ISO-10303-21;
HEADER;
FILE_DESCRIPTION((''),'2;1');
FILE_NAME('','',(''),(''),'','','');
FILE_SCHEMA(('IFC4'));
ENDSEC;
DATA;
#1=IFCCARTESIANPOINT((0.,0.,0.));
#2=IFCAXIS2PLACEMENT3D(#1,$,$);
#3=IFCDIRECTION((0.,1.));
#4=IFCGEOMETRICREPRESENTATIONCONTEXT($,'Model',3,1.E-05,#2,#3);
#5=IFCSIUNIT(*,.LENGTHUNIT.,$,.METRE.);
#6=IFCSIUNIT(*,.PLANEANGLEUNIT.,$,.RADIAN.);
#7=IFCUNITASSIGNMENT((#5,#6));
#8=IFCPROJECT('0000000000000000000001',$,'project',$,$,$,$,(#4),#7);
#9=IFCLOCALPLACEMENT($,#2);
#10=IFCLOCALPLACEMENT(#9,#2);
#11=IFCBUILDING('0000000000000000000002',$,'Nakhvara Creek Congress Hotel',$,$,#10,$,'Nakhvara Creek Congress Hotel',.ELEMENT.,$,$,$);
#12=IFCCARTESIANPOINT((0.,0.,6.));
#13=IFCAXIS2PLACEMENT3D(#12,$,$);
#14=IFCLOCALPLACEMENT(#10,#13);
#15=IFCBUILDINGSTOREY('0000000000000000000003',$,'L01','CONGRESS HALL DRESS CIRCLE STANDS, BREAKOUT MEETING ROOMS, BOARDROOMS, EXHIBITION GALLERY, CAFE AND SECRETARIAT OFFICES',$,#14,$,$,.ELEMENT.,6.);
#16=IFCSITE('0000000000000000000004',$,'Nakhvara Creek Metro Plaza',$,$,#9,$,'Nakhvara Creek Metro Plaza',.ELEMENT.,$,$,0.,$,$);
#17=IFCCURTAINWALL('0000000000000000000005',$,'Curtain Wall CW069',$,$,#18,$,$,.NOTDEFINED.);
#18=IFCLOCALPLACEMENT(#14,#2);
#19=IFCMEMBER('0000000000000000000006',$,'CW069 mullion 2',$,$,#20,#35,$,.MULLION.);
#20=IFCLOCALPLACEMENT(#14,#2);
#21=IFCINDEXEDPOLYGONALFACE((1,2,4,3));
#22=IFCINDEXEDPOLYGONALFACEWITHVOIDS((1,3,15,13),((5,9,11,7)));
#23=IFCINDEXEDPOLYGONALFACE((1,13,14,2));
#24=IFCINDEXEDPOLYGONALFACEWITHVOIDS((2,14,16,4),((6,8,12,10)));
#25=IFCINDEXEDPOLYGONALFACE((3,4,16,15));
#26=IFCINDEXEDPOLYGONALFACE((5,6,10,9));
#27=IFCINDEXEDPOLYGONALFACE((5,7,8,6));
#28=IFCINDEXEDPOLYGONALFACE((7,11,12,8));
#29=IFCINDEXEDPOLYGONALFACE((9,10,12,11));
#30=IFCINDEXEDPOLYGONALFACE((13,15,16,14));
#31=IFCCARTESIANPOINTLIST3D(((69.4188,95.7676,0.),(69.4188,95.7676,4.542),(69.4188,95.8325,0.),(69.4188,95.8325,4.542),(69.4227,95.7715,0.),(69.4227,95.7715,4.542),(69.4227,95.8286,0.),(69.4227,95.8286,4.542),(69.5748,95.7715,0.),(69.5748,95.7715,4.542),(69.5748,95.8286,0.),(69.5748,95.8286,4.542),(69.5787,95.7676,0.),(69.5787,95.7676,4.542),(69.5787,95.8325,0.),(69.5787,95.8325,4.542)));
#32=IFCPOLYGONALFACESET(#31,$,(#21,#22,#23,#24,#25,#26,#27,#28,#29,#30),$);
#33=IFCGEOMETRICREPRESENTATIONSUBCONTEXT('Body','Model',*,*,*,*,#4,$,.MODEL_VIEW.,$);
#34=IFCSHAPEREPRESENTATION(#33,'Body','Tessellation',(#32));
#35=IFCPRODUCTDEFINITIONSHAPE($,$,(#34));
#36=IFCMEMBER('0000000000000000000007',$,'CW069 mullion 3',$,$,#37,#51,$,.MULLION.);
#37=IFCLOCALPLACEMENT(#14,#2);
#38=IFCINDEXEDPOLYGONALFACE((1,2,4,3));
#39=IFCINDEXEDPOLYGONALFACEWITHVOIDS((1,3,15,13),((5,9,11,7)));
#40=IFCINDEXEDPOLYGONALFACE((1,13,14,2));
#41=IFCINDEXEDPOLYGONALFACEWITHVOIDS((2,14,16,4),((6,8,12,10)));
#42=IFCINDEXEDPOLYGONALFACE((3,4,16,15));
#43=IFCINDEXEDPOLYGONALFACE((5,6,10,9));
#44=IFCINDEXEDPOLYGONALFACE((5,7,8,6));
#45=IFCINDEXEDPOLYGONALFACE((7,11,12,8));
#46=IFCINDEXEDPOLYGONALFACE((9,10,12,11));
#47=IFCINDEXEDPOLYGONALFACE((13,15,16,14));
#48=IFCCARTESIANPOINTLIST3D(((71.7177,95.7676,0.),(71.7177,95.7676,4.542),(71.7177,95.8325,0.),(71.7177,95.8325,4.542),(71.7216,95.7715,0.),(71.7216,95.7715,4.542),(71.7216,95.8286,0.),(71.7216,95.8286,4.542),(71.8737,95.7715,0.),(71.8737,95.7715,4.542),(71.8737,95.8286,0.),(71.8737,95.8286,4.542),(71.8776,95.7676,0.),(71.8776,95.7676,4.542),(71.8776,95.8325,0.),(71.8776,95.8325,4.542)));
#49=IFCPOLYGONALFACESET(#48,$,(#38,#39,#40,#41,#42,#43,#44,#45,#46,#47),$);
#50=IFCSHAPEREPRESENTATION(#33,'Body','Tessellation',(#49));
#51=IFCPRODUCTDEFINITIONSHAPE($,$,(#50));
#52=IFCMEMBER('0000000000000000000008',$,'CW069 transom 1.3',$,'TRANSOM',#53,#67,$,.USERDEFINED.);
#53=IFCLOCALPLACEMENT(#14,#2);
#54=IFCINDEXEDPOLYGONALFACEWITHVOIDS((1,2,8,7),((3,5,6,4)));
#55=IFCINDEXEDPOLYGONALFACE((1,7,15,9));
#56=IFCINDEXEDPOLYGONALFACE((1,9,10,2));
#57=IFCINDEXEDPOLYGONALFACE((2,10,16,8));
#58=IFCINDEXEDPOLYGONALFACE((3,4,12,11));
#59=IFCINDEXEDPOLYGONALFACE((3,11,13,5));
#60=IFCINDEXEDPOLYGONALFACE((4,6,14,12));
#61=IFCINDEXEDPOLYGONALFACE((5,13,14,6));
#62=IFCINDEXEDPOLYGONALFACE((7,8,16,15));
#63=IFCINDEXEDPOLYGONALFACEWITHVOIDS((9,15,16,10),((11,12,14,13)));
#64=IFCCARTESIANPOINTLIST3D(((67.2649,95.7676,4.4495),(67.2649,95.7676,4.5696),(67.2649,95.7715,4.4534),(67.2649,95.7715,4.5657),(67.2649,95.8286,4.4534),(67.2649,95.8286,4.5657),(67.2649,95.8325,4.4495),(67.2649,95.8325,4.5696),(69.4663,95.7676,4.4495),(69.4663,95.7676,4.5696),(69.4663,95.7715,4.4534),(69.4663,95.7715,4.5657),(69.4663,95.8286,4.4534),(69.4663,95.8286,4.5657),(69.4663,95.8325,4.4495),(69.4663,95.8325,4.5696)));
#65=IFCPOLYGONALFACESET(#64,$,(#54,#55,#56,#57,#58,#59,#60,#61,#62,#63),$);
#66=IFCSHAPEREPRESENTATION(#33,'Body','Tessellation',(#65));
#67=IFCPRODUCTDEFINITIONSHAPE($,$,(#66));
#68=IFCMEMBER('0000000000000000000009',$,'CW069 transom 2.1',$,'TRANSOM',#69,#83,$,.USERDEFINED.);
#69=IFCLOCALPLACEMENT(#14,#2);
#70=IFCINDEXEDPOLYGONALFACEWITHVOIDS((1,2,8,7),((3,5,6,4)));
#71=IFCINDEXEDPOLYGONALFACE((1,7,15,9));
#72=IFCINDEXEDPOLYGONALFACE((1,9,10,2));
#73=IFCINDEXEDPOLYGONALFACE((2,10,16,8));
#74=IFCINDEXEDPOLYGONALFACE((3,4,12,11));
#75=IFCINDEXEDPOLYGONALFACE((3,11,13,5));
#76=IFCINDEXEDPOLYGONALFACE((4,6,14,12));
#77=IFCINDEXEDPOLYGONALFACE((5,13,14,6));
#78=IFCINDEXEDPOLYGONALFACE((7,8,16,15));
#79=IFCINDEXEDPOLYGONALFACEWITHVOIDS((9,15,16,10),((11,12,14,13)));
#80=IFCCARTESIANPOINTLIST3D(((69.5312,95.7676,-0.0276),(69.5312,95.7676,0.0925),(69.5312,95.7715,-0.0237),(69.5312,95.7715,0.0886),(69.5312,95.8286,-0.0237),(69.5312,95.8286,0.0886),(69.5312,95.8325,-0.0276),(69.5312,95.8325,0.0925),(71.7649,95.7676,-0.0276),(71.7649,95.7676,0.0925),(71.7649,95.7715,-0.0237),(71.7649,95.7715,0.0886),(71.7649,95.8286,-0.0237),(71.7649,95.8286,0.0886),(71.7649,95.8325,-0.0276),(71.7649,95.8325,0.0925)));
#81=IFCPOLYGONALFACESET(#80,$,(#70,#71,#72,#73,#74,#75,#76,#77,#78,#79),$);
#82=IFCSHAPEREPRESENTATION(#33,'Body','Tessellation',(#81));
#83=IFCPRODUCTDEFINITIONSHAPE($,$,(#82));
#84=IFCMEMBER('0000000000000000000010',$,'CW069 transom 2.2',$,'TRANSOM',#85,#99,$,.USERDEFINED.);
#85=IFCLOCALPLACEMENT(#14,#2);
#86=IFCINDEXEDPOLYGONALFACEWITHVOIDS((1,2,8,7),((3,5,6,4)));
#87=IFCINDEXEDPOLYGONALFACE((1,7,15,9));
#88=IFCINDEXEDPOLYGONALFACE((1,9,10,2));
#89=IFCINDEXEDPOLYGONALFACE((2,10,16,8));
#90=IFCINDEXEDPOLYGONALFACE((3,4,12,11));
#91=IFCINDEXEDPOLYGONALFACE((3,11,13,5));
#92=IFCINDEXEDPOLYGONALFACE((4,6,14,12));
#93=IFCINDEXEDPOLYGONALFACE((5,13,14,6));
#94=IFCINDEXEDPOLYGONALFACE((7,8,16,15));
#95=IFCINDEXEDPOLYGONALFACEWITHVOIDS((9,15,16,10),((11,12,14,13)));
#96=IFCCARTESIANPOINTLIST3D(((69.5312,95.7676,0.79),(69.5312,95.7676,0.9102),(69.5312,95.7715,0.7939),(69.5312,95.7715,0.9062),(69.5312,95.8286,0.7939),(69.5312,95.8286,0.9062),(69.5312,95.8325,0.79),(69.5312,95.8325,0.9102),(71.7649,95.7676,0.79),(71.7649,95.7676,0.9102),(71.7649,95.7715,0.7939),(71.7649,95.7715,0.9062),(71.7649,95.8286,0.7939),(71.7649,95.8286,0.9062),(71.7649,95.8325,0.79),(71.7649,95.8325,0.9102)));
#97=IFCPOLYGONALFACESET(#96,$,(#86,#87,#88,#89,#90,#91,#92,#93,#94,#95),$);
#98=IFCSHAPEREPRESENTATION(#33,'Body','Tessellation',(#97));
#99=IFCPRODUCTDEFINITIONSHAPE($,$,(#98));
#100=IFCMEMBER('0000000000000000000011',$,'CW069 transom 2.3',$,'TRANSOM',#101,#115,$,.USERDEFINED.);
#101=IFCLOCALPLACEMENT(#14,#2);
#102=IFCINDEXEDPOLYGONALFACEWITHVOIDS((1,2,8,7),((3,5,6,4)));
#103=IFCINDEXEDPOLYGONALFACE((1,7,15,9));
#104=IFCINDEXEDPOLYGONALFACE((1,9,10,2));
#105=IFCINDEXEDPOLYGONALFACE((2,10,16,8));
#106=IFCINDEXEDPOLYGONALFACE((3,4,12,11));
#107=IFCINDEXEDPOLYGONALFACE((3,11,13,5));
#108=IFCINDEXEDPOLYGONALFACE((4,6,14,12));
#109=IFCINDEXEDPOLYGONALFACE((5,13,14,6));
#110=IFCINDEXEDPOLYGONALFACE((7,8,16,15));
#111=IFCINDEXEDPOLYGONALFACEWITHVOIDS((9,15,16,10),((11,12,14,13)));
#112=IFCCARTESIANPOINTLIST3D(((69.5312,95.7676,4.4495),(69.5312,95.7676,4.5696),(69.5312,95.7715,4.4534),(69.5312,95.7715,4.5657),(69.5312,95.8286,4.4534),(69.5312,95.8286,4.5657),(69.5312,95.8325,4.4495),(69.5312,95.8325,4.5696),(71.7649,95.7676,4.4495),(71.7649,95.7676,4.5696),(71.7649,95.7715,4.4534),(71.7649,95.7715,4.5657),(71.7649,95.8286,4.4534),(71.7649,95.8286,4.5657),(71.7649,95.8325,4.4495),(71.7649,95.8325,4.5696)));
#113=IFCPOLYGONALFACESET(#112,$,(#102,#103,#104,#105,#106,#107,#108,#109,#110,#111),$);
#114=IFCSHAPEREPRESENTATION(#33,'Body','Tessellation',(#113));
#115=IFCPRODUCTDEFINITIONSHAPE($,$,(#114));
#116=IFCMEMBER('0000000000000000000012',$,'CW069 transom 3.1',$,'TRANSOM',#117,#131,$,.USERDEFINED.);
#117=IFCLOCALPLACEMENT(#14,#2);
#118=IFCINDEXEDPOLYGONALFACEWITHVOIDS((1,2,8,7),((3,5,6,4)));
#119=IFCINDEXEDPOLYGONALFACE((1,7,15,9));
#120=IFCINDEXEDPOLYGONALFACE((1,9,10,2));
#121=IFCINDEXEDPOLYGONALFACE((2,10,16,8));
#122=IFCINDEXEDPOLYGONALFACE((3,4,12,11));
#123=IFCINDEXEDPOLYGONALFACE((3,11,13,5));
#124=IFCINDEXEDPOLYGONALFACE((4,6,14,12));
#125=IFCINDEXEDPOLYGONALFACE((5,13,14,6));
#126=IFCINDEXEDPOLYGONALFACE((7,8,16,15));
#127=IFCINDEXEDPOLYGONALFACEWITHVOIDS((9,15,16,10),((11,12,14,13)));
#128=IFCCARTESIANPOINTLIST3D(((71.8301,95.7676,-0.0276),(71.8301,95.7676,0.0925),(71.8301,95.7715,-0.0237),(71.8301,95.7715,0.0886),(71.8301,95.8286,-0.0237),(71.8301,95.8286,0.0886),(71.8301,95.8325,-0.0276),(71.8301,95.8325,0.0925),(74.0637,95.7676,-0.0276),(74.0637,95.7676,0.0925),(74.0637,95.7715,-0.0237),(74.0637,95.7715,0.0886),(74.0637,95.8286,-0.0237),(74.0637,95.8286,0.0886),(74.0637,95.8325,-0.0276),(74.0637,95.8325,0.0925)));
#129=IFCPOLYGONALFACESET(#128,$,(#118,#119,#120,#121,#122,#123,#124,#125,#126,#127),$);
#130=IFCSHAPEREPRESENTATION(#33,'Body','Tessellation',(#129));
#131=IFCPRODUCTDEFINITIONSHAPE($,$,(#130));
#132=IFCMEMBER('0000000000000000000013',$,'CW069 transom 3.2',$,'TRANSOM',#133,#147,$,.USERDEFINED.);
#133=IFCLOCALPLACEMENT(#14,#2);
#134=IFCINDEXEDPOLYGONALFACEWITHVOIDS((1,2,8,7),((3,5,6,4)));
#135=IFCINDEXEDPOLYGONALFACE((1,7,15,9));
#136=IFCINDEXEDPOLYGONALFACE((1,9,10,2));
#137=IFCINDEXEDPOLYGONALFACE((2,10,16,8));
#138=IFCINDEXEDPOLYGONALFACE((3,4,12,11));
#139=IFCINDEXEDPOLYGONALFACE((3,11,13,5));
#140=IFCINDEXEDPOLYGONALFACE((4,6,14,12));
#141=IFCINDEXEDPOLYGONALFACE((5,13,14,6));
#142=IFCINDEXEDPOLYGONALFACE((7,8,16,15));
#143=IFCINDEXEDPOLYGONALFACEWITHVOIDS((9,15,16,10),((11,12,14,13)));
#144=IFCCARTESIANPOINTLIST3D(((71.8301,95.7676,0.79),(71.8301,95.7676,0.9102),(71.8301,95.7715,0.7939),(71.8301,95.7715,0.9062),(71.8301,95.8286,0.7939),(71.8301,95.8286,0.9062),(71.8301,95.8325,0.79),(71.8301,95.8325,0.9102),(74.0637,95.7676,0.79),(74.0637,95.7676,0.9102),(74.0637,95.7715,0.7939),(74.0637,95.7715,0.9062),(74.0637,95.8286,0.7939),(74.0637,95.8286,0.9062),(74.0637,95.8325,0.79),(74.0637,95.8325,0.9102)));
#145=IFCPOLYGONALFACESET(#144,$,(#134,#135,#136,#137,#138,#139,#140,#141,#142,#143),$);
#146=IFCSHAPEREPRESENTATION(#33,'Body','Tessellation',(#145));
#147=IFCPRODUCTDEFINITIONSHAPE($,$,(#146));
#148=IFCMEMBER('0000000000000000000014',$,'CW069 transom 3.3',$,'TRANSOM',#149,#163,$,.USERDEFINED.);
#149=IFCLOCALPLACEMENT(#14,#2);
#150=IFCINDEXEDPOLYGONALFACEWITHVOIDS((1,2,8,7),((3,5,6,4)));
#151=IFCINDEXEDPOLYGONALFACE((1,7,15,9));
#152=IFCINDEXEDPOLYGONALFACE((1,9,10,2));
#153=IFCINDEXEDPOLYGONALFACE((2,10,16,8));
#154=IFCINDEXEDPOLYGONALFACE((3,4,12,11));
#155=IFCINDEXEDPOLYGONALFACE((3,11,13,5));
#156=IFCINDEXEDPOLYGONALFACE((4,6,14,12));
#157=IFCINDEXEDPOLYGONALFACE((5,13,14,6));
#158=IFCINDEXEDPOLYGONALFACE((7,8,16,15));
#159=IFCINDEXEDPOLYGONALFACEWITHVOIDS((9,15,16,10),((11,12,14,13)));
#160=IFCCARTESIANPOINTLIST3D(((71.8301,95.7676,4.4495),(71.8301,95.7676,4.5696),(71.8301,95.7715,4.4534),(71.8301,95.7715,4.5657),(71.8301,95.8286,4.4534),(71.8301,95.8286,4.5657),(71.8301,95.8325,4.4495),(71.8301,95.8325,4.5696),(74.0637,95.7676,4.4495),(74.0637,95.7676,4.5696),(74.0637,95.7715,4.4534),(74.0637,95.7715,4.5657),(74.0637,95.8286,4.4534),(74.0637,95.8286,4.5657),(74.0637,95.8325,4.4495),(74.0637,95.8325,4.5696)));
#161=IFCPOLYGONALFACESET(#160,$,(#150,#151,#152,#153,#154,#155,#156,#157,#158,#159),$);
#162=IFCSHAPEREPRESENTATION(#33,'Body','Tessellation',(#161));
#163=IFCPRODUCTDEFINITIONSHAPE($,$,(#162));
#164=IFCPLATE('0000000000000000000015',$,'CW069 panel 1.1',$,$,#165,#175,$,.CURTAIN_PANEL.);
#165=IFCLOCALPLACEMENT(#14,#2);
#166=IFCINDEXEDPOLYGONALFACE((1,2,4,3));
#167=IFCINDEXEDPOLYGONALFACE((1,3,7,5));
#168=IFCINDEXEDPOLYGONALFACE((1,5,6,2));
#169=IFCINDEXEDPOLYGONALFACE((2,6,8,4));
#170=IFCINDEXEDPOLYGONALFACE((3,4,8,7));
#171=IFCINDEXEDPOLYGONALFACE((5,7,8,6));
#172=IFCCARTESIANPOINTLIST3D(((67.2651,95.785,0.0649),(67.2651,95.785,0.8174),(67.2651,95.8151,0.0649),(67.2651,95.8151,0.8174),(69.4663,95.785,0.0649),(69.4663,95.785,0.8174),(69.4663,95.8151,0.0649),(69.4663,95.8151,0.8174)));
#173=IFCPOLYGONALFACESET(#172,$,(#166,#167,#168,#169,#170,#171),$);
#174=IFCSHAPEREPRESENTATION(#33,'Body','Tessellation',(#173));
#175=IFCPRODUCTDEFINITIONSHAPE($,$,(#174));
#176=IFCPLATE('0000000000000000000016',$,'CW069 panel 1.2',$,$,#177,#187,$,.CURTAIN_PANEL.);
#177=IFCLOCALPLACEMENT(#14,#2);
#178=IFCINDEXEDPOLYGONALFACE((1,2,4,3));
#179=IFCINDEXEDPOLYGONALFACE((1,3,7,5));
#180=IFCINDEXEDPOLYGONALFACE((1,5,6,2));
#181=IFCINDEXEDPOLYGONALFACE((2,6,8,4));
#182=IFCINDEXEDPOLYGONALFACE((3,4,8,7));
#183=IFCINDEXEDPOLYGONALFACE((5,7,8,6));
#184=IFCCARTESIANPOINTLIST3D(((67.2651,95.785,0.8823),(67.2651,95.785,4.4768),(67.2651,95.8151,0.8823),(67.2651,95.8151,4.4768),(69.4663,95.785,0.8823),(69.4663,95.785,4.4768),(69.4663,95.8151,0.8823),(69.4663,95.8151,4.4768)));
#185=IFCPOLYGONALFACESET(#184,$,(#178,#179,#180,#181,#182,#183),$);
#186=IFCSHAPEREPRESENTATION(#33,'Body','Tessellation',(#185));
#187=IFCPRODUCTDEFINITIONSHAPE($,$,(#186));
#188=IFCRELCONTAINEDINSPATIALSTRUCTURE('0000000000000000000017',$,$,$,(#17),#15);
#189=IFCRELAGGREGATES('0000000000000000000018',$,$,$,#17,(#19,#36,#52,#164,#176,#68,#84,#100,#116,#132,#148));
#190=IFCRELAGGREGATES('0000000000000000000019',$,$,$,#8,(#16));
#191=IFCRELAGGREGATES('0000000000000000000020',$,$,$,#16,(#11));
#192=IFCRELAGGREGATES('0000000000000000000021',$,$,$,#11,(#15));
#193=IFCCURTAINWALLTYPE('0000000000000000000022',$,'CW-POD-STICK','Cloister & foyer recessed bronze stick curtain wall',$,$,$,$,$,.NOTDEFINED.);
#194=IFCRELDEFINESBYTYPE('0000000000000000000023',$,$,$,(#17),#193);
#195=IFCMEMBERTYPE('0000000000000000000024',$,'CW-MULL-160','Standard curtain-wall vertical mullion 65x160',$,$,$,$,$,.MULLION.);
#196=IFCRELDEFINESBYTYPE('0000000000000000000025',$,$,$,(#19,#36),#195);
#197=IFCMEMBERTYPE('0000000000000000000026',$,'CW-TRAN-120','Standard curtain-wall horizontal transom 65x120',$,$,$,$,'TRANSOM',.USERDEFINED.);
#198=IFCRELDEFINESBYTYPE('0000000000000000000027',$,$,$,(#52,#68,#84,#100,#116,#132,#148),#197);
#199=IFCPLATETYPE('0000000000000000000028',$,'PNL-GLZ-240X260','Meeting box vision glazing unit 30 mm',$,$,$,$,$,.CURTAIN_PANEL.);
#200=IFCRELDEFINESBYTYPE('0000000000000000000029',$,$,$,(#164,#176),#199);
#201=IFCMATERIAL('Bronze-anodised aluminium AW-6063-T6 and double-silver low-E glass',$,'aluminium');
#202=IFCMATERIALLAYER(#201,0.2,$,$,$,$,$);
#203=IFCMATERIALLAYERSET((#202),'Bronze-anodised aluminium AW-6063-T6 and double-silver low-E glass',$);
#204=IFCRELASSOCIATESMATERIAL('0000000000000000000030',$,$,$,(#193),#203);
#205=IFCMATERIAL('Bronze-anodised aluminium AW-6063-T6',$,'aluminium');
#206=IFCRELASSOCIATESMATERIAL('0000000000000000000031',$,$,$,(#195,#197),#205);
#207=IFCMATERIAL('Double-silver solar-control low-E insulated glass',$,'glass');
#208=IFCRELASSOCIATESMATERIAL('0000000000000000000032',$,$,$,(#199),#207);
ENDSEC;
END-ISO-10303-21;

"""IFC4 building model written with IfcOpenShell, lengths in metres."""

from ifc_helpers import new_model, si_unit, direction, frame, origin, origin_2d, place, context, subcontext, project, spatial, rectangle, hollow_rectangle, extrude, material, layer, layer_set, material_profile, profile_set, type_object, element, aggregate, save


model = new_model("IFC4")

# Units and contexts
model_context = context("Model", 3, precision=1e-05, world=origin(), true_north=direction((0.0, 1.0)))
body_context = subcontext(model_context, "Body", "Model", "MODEL_VIEW")
ifc_project = project(units=[si_unit("LENGTHUNIT", "METRE"), si_unit("PLANEANGLEUNIT", "RADIAN")], contexts=[model_context])

# Site, building, storey
site_placement = place(None, origin())
site = spatial("IfcSite", under=ifc_project, at=site_placement, Name="Nakhvara Creek Metro Plaza", LongName="Nakhvara Creek Metro Plaza", CompositionType="ELEMENT", RefElevation=0.0)
building_placement = place(site_placement, origin())
building = spatial("IfcBuilding", under=site, at=building_placement, Name="Nakhvara Creek Congress Hotel", LongName="Nakhvara Creek Congress Hotel", CompositionType="ELEMENT")
storey_placement = place(building_placement, frame((0.0, 0.0, 6.0)))
storey = spatial("IfcBuildingStorey", under=building, at=storey_placement, Name="L01", Description="CONGRESS HALL DRESS CIRCLE STANDS, BREAKOUT MEETING ROOMS, BOARDROOMS, EXHIBITION GALLERY, CAFE AND SECRETARIAT OFFICES", CompositionType="ELEMENT", Elevation=6.0)

# Curtain wall, members, plates
ifc_material_1 = material(Name="Bronze-anodised aluminium AW-6063-T6 and double-silver low-E glass", Category="aluminium")
ifc_layer_1 = layer(ifc_material_1, 0.2)
ifc_layer_set_1 = layer_set([ifc_layer_1], Name="Bronze-anodised aluminium AW-6063-T6 and double-silver low-E glass")
curtain_wall_type = type_object("IfcCurtainWallType", Name="CW-POD-STICK", Description="Cloister & foyer recessed bronze stick curtain wall", PredefinedType="NOTDEFINED", material=ifc_layer_set_1)
curtain_wall_placement = place(storey_placement, origin())
curtain_wall = element("IfcCurtainWall", 1, at=curtain_wall_placement, inside=storey, type_object=curtain_wall_type, Name="Curtain Wall CW069", PredefinedType="NOTDEFINED")
ifc_material_2 = material(Name="Bronze-anodised aluminium AW-6063-T6", Category="aluminium")
ifc_material_profile_1 = material_profile(ifc_material_2, hollow_rectangle(XDim=0.0649, YDim=0.1599, WallThickness=0.0039, at=origin_2d()), Name="ALU-MULL 65x160x4", Category="LoadBearing")
ifc_profile_set_1 = profile_set([ifc_material_profile_1], Name="Bronze-anodised aluminium AW-6063-T6")
member_type_1 = type_object("IfcMemberType", Name="CW-MULL-160", Description="Standard curtain-wall vertical mullion 65x160", PredefinedType="MULLION", material=ifc_profile_set_1)
member_1_placement = place(storey_placement, frame((69.4988, 95.8, 0.0), z_axis=(0.0, 0.0, 1.0), x_axis=(0.0, 1.0, 0.0)))
member_1 = element("IfcMember", 2, at=member_1_placement, type_object=member_type_1, Name="CW069 mullion 2", PredefinedType="MULLION", context=body_context, shape_type="SweptSolid", body=[
    extrude(hollow_rectangle(XDim=0.0649, YDim=0.1599, WallThickness=0.0039, at=origin_2d()), origin(), (0.0, 0.0, 1.0), 4.542),
])
member_2_placement = place(storey_placement, frame((71.7976, 95.8, 0.0), z_axis=(0.0, 0.0, 1.0), x_axis=(0.0, 1.0, 0.0)))
member_2 = element("IfcMember", 3, at=member_2_placement, type_object=member_type_1, Name="CW069 mullion 3", PredefinedType="MULLION", context=body_context, shape_type="SweptSolid", body=[
    extrude(hollow_rectangle(XDim=0.0649, YDim=0.1599, WallThickness=0.0039, at=origin_2d()), origin(), (0.0, 0.0, 1.0), 4.542),
])
ifc_material_profile_2 = material_profile(ifc_material_2, hollow_rectangle(XDim=0.0649, YDim=0.1201, WallThickness=0.0039, at=origin_2d()), Name="ALU-TRAN 65x120x4", Category="LoadBearing")
ifc_profile_set_2 = profile_set([ifc_material_profile_2], Name="Bronze-anodised aluminium AW-6063-T6")
member_type_2 = type_object("IfcMemberType", Name="CW-TRAN-120", Description="Standard curtain-wall horizontal transom 65x120", ElementType="TRANSOM", PredefinedType="USERDEFINED", material=ifc_profile_set_2)
member_3_placement = place(storey_placement, frame((67.2649, 95.8, 4.5095), z_axis=(1.0, 0.0, 0.0), x_axis=(0.0, 1.0, 0.0)))
member_3 = element("IfcMember", 4, at=member_3_placement, type_object=member_type_2, Name="CW069 transom 1.3", ObjectType="TRANSOM", PredefinedType="USERDEFINED", context=body_context, shape_type="SweptSolid", body=[
    extrude(hollow_rectangle(XDim=0.0649, YDim=0.1201, WallThickness=0.0039, at=origin_2d()), origin(), (0.0, 0.0, 1.0), 2.2014),
])
member_4_placement = place(storey_placement, frame((69.5312, 95.8, 0.0325), z_axis=(1.0, 0.0, 0.0), x_axis=(0.0, 1.0, 0.0)))
member_4 = element("IfcMember", 5, at=member_4_placement, type_object=member_type_2, Name="CW069 transom 2.1", ObjectType="TRANSOM", PredefinedType="USERDEFINED", context=body_context, shape_type="SweptSolid", body=[
    extrude(hollow_rectangle(XDim=0.0649, YDim=0.1201, WallThickness=0.0039, at=origin_2d()), origin(), (0.0, 0.0, 1.0), 2.2336),
])
member_5_placement = place(storey_placement, frame((69.5312, 95.8, 0.8501), z_axis=(1.0, 0.0, 0.0), x_axis=(0.0, 1.0, 0.0)))
member_5 = element("IfcMember", 6, at=member_5_placement, type_object=member_type_2, Name="CW069 transom 2.2", ObjectType="TRANSOM", PredefinedType="USERDEFINED", context=body_context, shape_type="SweptSolid", body=[
    extrude(hollow_rectangle(XDim=0.0649, YDim=0.1201, WallThickness=0.0039, at=origin_2d()), origin(), (0.0, 0.0, 1.0), 2.2336),
])
member_6_placement = place(storey_placement, frame((69.5312, 95.8, 4.5095), z_axis=(1.0, 0.0, 0.0), x_axis=(0.0, 1.0, 0.0)))
member_6 = element("IfcMember", 7, at=member_6_placement, type_object=member_type_2, Name="CW069 transom 2.3", ObjectType="TRANSOM", PredefinedType="USERDEFINED", context=body_context, shape_type="SweptSolid", body=[
    extrude(hollow_rectangle(XDim=0.0649, YDim=0.1201, WallThickness=0.0039, at=origin_2d()), origin(), (0.0, 0.0, 1.0), 2.2336),
])
member_7_placement = place(storey_placement, frame((71.8301, 95.8, 0.0325), z_axis=(1.0, 0.0, 0.0), x_axis=(0.0, 1.0, 0.0)))
member_7 = element("IfcMember", 8, at=member_7_placement, type_object=member_type_2, Name="CW069 transom 3.1", ObjectType="TRANSOM", PredefinedType="USERDEFINED", context=body_context, shape_type="SweptSolid", body=[
    extrude(hollow_rectangle(XDim=0.0649, YDim=0.1201, WallThickness=0.0039, at=origin_2d()), origin(), (0.0, 0.0, 1.0), 2.2336),
])
member_8_placement = place(storey_placement, frame((71.8301, 95.8, 0.8501), z_axis=(1.0, 0.0, 0.0), x_axis=(0.0, 1.0, 0.0)))
member_8 = element("IfcMember", 9, at=member_8_placement, type_object=member_type_2, Name="CW069 transom 3.2", ObjectType="TRANSOM", PredefinedType="USERDEFINED", context=body_context, shape_type="SweptSolid", body=[
    extrude(hollow_rectangle(XDim=0.0649, YDim=0.1201, WallThickness=0.0039, at=origin_2d()), origin(), (0.0, 0.0, 1.0), 2.2336),
])
member_9_placement = place(storey_placement, frame((71.8301, 95.8, 4.5095), z_axis=(1.0, 0.0, 0.0), x_axis=(0.0, 1.0, 0.0)))
member_9 = element("IfcMember", 10, at=member_9_placement, type_object=member_type_2, Name="CW069 transom 3.3", ObjectType="TRANSOM", PredefinedType="USERDEFINED", context=body_context, shape_type="SweptSolid", body=[
    extrude(hollow_rectangle(XDim=0.0649, YDim=0.1201, WallThickness=0.0039, at=origin_2d()), origin(), (0.0, 0.0, 1.0), 2.2336),
])
ifc_material_3 = material(Name="Double-silver solar-control low-E insulated glass", Category="glass")
plate_type = type_object("IfcPlateType", Name="PNL-GLZ-240X260", Description="Meeting box vision glazing unit 30 mm", PredefinedType="CURTAIN_PANEL", material=ifc_material_3)
plate_1_placement = place(storey_placement, frame((68.3657, 95.8, 0.0649), z_axis=(0.0, 0.0, 1.0), x_axis=(1.0, 0.0, 0.0)))
plate_1 = element("IfcPlate", 11, at=plate_1_placement, type_object=plate_type, Name="CW069 panel 1.1", PredefinedType="CURTAIN_PANEL", context=body_context, shape_type="SweptSolid", body=[
    extrude(rectangle(XDim=2.2012, YDim=0.03, at=origin_2d()), origin(), (0.0, 0.0, 1.0), 0.7524),
])
plate_2_placement = place(storey_placement, frame((68.3657, 95.8, 0.8823), z_axis=(0.0, 0.0, 1.0), x_axis=(1.0, 0.0, 0.0)))
plate_2 = element("IfcPlate", 12, at=plate_2_placement, type_object=plate_type, Name="CW069 panel 1.2", PredefinedType="CURTAIN_PANEL", context=body_context, shape_type="SweptSolid", body=[
    extrude(rectangle(XDim=2.2012, YDim=0.03, at=origin_2d()), origin(), (0.0, 0.0, 1.0), 3.5945),
])
aggregate(curtain_wall, [member_1, member_2, member_3, plate_1, plate_2, member_4, member_5, member_6, member_7, member_8, member_9])

save(model, "model.ifc")
